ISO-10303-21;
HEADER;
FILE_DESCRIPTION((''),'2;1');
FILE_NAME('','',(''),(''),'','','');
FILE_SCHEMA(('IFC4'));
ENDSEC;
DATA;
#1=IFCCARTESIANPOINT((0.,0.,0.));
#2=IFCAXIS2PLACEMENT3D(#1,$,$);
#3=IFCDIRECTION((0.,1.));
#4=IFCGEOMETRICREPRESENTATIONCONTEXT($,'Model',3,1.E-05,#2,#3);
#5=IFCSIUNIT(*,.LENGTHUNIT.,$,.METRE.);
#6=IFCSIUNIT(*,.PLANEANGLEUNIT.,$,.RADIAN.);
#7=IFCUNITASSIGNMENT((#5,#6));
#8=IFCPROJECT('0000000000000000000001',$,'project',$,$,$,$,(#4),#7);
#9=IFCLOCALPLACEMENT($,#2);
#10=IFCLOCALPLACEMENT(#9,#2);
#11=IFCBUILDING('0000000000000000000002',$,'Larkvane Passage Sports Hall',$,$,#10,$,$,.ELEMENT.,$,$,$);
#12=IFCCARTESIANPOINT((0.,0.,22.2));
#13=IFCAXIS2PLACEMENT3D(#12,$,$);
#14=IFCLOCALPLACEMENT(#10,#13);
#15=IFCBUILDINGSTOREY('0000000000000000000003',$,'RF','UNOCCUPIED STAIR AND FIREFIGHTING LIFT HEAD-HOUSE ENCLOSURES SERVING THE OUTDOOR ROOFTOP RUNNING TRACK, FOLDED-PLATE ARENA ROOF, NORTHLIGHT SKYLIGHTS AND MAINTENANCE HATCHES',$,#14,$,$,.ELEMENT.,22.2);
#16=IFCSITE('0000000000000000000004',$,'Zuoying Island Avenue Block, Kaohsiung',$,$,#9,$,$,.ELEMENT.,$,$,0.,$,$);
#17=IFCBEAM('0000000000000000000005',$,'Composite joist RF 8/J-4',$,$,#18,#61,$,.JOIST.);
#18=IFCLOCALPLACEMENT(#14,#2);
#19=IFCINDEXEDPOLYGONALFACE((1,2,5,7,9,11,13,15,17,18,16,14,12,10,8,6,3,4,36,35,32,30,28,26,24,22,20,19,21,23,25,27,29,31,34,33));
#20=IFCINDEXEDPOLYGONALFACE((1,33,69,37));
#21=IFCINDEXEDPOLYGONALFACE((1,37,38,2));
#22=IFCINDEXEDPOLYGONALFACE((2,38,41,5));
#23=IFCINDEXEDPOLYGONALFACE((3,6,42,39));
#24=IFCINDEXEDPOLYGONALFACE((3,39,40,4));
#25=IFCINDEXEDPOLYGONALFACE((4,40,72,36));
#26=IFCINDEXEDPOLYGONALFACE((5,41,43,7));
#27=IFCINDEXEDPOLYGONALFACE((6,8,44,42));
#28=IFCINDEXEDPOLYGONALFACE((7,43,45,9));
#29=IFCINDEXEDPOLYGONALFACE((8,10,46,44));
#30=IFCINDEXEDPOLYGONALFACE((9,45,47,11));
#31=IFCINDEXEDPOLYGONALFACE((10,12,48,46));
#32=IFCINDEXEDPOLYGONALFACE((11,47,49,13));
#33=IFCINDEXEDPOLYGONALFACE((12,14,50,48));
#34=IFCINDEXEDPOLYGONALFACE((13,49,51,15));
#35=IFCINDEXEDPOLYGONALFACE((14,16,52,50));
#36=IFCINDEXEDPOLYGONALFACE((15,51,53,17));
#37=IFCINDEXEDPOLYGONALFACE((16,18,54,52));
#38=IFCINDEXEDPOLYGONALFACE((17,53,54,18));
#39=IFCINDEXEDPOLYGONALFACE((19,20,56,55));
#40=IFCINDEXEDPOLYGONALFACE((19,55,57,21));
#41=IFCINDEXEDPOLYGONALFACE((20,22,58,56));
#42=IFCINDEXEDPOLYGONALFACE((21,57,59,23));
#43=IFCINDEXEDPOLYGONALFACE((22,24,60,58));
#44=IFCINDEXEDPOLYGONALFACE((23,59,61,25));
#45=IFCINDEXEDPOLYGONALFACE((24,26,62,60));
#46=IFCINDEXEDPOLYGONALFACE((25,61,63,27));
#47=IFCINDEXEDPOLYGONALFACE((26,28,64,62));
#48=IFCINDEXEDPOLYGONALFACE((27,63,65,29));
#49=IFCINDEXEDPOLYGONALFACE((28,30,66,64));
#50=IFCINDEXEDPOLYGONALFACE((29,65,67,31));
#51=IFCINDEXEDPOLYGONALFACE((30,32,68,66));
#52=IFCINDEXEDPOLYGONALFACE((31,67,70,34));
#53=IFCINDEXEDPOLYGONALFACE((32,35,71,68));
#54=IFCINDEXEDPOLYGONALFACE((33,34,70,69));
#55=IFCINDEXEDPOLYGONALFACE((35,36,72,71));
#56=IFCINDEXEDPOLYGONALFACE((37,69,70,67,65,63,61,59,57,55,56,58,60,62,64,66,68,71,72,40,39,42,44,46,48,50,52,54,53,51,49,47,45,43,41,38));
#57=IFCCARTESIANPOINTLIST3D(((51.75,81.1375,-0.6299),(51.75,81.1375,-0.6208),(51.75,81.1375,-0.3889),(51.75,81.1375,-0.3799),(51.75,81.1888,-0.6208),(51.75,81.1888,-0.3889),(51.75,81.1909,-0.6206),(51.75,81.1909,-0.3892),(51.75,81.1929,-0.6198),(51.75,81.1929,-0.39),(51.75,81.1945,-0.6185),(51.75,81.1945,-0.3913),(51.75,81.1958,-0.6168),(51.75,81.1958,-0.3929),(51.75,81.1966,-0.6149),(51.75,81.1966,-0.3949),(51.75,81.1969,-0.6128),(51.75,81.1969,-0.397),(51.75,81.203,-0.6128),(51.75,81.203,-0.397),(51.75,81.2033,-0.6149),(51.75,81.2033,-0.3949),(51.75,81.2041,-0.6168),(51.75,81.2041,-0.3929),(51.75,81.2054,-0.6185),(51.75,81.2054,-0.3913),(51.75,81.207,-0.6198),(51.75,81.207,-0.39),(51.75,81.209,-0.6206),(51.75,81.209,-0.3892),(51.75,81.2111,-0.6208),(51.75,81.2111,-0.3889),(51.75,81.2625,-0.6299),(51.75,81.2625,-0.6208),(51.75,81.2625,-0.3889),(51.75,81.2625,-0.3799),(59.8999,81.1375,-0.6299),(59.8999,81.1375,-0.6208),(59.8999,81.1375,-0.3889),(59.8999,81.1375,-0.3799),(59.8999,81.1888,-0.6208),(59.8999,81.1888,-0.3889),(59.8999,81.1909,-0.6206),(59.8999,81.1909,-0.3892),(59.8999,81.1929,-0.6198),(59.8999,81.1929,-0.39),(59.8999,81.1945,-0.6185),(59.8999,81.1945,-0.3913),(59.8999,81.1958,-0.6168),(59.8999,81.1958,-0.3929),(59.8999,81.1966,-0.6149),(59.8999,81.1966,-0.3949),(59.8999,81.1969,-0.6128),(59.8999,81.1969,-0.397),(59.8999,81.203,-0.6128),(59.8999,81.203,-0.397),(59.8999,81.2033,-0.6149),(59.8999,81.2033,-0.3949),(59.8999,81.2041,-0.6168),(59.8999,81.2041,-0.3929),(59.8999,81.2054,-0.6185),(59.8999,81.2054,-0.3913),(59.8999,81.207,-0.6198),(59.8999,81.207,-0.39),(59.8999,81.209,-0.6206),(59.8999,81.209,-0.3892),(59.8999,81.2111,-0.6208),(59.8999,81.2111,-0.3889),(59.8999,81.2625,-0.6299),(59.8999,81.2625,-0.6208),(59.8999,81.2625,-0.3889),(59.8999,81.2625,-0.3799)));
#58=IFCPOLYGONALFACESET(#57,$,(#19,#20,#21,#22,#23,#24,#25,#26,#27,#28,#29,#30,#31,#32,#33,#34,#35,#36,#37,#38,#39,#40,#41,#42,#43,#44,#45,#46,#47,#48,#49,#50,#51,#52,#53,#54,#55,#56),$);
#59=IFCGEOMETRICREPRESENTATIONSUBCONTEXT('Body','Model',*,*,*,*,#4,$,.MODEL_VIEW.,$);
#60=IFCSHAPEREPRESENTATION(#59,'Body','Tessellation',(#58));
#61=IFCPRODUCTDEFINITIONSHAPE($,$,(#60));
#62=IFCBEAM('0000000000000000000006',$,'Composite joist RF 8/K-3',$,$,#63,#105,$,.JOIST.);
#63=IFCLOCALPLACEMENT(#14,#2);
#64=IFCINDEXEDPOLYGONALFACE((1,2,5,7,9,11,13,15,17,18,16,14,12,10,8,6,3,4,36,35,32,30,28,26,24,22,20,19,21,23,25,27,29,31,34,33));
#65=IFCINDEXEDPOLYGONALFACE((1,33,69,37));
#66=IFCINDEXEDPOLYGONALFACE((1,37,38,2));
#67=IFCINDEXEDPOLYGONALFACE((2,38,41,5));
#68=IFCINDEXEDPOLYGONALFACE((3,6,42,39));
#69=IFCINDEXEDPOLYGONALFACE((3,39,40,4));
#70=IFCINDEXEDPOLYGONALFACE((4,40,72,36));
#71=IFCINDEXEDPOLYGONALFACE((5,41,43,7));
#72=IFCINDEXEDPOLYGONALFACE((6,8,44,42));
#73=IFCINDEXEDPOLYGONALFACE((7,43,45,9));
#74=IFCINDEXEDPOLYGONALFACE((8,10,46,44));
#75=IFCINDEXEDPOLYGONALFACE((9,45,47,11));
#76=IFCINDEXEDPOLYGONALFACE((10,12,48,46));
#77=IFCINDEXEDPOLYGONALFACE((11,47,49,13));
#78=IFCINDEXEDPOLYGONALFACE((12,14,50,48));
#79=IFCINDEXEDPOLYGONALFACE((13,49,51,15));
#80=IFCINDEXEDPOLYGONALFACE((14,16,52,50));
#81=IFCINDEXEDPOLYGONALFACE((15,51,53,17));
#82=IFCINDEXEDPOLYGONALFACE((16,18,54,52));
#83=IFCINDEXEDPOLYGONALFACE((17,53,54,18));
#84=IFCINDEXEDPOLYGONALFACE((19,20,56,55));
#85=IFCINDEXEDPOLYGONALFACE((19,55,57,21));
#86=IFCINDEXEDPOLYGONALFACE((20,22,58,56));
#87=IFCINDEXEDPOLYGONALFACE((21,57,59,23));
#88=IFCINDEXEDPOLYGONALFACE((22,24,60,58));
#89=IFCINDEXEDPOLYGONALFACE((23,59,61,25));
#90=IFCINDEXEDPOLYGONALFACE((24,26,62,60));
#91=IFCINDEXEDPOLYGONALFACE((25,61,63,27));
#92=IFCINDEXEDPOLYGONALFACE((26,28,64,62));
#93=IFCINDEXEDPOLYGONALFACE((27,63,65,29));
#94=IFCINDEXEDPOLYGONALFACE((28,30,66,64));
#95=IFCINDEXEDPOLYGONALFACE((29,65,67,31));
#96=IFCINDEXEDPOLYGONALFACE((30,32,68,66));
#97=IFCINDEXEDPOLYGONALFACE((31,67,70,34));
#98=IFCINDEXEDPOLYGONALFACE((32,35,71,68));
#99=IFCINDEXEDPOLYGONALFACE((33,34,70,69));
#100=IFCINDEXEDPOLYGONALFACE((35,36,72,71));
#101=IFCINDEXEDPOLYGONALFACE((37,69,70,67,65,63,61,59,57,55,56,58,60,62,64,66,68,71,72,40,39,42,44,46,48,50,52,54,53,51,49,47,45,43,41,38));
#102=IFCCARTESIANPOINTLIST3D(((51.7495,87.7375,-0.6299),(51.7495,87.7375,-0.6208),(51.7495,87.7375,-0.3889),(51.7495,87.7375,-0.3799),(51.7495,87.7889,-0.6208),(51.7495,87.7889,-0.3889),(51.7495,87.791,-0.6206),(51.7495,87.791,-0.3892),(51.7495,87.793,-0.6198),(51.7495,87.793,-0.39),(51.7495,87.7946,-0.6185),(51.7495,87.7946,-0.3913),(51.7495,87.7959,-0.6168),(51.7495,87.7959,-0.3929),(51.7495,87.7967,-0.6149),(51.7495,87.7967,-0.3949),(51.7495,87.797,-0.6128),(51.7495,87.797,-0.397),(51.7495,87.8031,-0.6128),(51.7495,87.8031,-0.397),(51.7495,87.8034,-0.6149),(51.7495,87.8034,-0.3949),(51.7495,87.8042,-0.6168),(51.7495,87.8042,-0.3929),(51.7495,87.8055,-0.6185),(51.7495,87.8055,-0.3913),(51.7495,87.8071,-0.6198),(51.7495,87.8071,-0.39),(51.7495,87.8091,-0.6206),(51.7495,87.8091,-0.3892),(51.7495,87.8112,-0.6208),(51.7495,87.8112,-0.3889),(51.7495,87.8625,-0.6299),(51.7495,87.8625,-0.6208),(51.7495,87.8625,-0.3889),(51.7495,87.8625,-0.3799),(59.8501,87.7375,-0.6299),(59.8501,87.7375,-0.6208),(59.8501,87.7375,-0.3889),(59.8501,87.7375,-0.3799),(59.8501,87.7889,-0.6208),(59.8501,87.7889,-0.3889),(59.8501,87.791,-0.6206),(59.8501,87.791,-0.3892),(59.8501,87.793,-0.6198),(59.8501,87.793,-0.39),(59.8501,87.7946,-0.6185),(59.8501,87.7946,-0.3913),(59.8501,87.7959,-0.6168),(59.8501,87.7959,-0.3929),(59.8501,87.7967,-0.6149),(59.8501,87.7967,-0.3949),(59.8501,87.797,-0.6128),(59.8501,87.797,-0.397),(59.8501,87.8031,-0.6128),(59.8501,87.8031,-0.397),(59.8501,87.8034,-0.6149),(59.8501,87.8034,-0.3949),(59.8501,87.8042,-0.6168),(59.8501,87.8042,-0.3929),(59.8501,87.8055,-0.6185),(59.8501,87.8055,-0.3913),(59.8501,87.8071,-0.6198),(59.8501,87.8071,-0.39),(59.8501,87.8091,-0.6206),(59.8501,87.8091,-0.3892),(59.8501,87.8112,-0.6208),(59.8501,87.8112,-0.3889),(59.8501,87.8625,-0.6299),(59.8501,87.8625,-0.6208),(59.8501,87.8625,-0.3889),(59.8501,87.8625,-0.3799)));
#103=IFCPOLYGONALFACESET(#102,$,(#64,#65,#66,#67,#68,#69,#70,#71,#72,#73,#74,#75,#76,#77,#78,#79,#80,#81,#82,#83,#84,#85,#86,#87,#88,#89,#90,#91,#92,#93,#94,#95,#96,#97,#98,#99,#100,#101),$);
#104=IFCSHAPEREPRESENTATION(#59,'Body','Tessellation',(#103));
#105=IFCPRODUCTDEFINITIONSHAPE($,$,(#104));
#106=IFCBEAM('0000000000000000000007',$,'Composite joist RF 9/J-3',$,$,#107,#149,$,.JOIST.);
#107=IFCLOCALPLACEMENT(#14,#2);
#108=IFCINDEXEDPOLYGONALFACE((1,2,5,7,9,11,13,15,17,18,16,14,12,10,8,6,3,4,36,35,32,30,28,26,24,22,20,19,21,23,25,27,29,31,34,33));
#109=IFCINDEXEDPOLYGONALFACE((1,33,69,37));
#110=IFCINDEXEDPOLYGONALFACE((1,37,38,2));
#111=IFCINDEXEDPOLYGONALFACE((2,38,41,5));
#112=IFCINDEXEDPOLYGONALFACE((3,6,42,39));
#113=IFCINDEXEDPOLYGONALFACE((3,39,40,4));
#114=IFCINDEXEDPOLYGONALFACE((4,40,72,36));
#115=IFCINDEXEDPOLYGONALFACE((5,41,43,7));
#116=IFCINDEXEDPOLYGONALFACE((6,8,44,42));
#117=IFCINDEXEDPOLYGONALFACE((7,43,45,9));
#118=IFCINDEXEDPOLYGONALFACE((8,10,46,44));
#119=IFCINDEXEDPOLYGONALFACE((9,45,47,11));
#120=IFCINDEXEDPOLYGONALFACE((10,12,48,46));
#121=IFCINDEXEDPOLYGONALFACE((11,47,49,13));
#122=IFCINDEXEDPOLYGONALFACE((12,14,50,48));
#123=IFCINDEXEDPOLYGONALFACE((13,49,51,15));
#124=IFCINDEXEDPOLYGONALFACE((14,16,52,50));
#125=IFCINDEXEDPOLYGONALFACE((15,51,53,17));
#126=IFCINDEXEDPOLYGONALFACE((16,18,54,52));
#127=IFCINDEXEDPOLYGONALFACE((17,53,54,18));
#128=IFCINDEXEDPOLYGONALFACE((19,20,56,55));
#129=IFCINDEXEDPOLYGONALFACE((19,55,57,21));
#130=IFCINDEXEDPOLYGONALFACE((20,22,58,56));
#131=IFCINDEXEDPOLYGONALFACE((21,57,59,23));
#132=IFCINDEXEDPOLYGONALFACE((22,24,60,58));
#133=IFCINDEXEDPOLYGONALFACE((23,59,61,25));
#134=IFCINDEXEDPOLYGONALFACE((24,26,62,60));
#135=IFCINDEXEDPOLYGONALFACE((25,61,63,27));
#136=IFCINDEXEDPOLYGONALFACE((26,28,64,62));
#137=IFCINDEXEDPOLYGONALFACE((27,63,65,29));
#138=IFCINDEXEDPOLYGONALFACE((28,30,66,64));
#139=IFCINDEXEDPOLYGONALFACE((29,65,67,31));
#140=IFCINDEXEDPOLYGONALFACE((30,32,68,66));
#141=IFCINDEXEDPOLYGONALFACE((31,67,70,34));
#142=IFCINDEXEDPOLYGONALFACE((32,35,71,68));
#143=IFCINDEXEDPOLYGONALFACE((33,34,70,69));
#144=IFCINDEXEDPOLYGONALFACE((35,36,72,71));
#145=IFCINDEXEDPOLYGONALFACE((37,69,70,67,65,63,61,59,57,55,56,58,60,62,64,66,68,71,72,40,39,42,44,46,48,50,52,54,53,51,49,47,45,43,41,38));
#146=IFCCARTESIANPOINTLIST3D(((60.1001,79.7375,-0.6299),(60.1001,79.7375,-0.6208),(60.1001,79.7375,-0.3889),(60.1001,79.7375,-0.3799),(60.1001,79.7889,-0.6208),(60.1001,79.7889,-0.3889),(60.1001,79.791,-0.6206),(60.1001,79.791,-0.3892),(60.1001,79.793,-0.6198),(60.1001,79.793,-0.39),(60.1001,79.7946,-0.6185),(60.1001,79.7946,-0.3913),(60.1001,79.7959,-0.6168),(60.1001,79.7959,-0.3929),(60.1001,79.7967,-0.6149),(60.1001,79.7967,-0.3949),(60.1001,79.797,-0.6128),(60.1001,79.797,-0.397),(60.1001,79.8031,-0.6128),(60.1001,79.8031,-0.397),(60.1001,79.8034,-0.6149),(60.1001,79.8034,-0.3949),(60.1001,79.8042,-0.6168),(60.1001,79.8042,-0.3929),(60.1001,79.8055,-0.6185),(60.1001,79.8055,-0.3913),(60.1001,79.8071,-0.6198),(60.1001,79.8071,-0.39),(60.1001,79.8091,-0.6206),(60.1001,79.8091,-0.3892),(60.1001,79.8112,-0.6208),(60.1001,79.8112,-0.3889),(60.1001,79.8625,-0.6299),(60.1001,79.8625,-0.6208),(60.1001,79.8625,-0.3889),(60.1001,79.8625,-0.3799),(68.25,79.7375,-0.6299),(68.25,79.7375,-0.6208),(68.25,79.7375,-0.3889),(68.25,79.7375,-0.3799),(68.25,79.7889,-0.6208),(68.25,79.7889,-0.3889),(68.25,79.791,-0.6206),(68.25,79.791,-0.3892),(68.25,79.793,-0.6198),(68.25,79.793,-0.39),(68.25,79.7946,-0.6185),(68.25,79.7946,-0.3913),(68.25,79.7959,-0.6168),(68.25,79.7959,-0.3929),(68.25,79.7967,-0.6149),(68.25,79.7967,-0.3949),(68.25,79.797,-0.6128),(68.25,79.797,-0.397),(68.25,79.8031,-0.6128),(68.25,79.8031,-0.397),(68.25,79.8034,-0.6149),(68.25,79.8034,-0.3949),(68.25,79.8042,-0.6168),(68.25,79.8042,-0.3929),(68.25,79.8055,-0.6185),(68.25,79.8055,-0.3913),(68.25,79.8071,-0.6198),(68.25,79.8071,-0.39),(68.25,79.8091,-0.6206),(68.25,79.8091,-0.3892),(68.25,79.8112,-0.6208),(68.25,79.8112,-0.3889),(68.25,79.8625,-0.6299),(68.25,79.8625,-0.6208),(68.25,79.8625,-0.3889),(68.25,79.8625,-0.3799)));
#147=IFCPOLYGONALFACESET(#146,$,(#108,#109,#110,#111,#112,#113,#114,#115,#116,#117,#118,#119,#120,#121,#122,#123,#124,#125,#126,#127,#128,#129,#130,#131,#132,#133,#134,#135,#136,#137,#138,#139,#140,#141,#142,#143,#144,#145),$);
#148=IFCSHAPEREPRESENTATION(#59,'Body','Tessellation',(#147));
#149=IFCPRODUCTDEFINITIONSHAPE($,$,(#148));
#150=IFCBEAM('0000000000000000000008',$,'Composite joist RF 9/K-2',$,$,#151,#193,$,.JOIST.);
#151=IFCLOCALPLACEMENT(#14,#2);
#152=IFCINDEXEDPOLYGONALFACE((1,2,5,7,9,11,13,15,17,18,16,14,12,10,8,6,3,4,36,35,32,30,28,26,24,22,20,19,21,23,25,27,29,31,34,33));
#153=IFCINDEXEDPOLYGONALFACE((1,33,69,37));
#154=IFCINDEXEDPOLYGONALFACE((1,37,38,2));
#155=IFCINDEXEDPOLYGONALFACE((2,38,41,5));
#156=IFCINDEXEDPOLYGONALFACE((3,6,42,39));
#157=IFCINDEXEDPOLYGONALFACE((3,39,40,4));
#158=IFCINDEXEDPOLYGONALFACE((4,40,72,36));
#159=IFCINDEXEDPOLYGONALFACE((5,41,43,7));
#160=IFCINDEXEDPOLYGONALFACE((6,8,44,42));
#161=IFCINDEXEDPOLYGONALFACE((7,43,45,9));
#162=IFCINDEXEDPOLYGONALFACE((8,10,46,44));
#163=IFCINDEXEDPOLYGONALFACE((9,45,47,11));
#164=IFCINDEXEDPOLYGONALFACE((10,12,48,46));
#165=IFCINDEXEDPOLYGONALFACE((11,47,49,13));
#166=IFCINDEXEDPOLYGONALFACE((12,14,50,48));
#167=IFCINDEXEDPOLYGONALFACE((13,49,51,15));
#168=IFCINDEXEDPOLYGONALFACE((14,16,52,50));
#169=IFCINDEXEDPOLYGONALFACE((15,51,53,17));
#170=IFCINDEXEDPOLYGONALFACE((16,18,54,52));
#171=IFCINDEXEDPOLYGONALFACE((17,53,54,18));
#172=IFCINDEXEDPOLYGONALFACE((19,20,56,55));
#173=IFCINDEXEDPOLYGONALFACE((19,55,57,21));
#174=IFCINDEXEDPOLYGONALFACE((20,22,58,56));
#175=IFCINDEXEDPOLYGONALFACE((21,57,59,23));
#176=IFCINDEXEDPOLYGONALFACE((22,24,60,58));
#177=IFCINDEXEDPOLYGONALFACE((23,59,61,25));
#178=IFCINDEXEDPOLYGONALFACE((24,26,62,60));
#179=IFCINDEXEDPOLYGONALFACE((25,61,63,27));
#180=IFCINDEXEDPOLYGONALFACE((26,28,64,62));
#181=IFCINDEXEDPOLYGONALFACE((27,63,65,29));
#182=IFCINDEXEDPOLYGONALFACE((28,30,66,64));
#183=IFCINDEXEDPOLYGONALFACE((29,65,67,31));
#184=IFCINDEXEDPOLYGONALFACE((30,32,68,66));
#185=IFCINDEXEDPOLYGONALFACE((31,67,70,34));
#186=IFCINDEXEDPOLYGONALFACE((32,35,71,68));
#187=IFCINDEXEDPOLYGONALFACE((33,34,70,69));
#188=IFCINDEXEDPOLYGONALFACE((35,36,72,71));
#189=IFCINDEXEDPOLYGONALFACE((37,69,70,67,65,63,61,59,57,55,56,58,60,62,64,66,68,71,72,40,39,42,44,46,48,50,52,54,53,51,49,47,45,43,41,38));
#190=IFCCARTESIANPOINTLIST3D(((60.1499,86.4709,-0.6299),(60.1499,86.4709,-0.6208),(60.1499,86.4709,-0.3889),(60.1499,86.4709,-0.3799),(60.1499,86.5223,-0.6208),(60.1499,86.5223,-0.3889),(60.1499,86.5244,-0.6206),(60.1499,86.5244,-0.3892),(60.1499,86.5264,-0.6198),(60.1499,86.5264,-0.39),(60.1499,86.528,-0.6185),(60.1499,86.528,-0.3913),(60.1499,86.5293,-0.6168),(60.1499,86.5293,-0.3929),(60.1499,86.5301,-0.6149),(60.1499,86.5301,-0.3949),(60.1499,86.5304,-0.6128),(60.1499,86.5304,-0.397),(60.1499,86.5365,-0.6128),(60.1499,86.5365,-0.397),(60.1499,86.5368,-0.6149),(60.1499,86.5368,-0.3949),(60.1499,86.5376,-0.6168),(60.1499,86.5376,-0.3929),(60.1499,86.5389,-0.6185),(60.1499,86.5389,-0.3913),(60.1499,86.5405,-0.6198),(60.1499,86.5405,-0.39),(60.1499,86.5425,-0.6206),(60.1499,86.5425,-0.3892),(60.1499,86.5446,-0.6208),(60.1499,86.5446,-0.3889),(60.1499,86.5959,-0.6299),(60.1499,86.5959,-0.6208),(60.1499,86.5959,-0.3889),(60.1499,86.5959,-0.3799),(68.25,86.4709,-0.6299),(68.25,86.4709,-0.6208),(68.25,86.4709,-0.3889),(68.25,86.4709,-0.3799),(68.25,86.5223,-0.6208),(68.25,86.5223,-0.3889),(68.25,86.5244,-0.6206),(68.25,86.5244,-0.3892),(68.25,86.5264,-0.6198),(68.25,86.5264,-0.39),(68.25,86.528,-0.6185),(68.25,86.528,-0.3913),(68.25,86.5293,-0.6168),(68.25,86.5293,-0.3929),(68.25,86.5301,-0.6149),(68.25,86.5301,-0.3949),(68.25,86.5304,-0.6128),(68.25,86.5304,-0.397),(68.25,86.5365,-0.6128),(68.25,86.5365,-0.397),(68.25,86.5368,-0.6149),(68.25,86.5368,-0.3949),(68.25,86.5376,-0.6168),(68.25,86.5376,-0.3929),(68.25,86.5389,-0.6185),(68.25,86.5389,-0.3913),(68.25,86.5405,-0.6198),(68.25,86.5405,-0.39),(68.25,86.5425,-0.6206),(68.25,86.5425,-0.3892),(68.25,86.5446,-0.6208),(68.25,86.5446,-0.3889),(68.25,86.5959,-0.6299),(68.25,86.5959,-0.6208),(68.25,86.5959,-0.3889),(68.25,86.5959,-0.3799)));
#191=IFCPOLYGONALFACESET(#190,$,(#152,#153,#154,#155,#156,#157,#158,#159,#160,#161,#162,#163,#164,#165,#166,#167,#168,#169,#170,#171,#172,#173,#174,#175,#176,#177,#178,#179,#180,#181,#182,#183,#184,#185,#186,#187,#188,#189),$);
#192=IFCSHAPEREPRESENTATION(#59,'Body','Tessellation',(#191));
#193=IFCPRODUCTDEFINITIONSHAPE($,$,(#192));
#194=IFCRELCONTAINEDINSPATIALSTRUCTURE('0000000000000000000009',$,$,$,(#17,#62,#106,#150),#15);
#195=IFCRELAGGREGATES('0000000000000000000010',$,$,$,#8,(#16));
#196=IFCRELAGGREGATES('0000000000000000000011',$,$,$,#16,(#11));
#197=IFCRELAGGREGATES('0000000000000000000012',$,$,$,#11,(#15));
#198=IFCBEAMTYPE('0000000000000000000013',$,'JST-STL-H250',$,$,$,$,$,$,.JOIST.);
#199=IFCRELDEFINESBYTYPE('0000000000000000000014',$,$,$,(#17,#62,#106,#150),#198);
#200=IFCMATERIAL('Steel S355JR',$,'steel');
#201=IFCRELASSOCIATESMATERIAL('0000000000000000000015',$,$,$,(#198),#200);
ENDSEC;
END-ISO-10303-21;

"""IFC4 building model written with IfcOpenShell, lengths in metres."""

from ifc_helpers import new_model, si_unit, direction, frame, origin, origin_2d, place, context, subcontext, project, spatial, i_section, extrude, material, material_profile, profile_set, type_object, element, save


model = new_model("IFC4")

# Units and contexts
model_context = context("Model", 3, precision=1e-05, world=origin(), true_north=direction((0.0, 1.0)))
body_context = subcontext(model_context, "Body", "Model", "MODEL_VIEW")
ifc_project = project(units=[si_unit("LENGTHUNIT", "METRE"), si_unit("PLANEANGLEUNIT", "RADIAN")], contexts=[model_context])

# Site, building, storey
site_placement = place(None, origin())
site = spatial("IfcSite", under=ifc_project, at=site_placement, Name="Zuoying Island Avenue Block, Kaohsiung", CompositionType="ELEMENT", RefElevation=0.0)
building_placement = place(site_placement, origin())
building = spatial("IfcBuilding", under=site, at=building_placement, Name="Larkvane Passage Sports Hall", CompositionType="ELEMENT")
storey_placement = place(building_placement, frame((0.0, 0.0, 22.2)))
storey = spatial("IfcBuildingStorey", under=building, at=storey_placement, Name="RF", Description="UNOCCUPIED STAIR AND FIREFIGHTING LIFT HEAD-HOUSE ENCLOSURES SERVING THE OUTDOOR ROOFTOP RUNNING TRACK, FOLDED-PLATE ARENA ROOF, NORTHLIGHT SKYLIGHTS AND MAINTENANCE HATCHES", CompositionType="ELEMENT", Elevation=22.2)

# Beams
ifc_material_1 = material(Name="Steel S355JR", Category="steel")
ifc_material_profile_1 = material_profile(ifc_material_1, i_section(OverallWidth=0.125, OverallDepth=0.25, WebThickness=0.0061, FlangeThickness=0.009, FilletRadius=0.0081, at=origin_2d()), Name="H-250x125x6x9")
ifc_profile_set_1 = profile_set([ifc_material_profile_1], Name="Steel S355JR")
beam_type_1 = type_object("IfcBeamType", Name="JST-STL-H250", PredefinedType="JOIST", material=ifc_profile_set_1)
beam_1_placement = place(storey_placement, frame((51.75, 81.2, -0.5049), z_axis=(1.0, 0.0, 0.0), x_axis=(0.0, 1.0, 0.0)))
element("IfcBeam", 1, at=beam_1_placement, inside=storey, type_object=beam_type_1, Name="Composite joist RF 8/J-4", PredefinedType="JOIST", context=body_context, shape_type="SweptSolid", body=[
    extrude(i_section(OverallWidth=0.125, OverallDepth=0.25, WebThickness=0.0061, FlangeThickness=0.009, FilletRadius=0.0081, at=origin_2d()), origin(), (0.0, 0.0, 1.0), 8.1499),
])
beam_2_placement = place(storey_placement, frame((51.7495, 87.8, -0.5049), z_axis=(1.0, 0.0, 0.0), x_axis=(0.0, 1.0, 0.0)))
element("IfcBeam", 2, at=beam_2_placement, inside=storey, type_object=beam_type_1, Name="Composite joist RF 8/K-3", PredefinedType="JOIST", context=body_context, shape_type="SweptSolid", body=[
    extrude(i_section(OverallWidth=0.125, OverallDepth=0.25, WebThickness=0.0061, FlangeThickness=0.009, FilletRadius=0.0081, at=origin_2d()), origin(), (0.0, 0.0, 1.0), 8.1006),
])
beam_3_placement = place(storey_placement, frame((60.1001, 79.8, -0.5049), z_axis=(1.0, 0.0, 0.0), x_axis=(0.0, 1.0, 0.0)))
element("IfcBeam", 3, at=beam_3_placement, inside=storey, type_object=beam_type_1, Name="Composite joist RF 9/J-3", PredefinedType="JOIST", context=body_context, shape_type="SweptSolid", body=[
    extrude(i_section(OverallWidth=0.125, OverallDepth=0.25, WebThickness=0.0061, FlangeThickness=0.009, FilletRadius=0.0081, at=origin_2d()), origin(), (0.0, 0.0, 1.0), 8.1499),
])
beam_4_placement = place(storey_placement, frame((60.1499, 86.5334, -0.5049), z_axis=(1.0, 0.0, 0.0), x_axis=(0.0, 1.0, 0.0)))
element("IfcBeam", 4, at=beam_4_placement, inside=storey, type_object=beam_type_1, Name="Composite joist RF 9/K-2", PredefinedType="JOIST", context=body_context, shape_type="SweptSolid", body=[
    extrude(i_section(OverallWidth=0.125, OverallDepth=0.25, WebThickness=0.0061, FlangeThickness=0.009, FilletRadius=0.0081, at=origin_2d()), origin(), (0.0, 0.0, 1.0), 8.1001),
])

save(model, "model.ifc")
